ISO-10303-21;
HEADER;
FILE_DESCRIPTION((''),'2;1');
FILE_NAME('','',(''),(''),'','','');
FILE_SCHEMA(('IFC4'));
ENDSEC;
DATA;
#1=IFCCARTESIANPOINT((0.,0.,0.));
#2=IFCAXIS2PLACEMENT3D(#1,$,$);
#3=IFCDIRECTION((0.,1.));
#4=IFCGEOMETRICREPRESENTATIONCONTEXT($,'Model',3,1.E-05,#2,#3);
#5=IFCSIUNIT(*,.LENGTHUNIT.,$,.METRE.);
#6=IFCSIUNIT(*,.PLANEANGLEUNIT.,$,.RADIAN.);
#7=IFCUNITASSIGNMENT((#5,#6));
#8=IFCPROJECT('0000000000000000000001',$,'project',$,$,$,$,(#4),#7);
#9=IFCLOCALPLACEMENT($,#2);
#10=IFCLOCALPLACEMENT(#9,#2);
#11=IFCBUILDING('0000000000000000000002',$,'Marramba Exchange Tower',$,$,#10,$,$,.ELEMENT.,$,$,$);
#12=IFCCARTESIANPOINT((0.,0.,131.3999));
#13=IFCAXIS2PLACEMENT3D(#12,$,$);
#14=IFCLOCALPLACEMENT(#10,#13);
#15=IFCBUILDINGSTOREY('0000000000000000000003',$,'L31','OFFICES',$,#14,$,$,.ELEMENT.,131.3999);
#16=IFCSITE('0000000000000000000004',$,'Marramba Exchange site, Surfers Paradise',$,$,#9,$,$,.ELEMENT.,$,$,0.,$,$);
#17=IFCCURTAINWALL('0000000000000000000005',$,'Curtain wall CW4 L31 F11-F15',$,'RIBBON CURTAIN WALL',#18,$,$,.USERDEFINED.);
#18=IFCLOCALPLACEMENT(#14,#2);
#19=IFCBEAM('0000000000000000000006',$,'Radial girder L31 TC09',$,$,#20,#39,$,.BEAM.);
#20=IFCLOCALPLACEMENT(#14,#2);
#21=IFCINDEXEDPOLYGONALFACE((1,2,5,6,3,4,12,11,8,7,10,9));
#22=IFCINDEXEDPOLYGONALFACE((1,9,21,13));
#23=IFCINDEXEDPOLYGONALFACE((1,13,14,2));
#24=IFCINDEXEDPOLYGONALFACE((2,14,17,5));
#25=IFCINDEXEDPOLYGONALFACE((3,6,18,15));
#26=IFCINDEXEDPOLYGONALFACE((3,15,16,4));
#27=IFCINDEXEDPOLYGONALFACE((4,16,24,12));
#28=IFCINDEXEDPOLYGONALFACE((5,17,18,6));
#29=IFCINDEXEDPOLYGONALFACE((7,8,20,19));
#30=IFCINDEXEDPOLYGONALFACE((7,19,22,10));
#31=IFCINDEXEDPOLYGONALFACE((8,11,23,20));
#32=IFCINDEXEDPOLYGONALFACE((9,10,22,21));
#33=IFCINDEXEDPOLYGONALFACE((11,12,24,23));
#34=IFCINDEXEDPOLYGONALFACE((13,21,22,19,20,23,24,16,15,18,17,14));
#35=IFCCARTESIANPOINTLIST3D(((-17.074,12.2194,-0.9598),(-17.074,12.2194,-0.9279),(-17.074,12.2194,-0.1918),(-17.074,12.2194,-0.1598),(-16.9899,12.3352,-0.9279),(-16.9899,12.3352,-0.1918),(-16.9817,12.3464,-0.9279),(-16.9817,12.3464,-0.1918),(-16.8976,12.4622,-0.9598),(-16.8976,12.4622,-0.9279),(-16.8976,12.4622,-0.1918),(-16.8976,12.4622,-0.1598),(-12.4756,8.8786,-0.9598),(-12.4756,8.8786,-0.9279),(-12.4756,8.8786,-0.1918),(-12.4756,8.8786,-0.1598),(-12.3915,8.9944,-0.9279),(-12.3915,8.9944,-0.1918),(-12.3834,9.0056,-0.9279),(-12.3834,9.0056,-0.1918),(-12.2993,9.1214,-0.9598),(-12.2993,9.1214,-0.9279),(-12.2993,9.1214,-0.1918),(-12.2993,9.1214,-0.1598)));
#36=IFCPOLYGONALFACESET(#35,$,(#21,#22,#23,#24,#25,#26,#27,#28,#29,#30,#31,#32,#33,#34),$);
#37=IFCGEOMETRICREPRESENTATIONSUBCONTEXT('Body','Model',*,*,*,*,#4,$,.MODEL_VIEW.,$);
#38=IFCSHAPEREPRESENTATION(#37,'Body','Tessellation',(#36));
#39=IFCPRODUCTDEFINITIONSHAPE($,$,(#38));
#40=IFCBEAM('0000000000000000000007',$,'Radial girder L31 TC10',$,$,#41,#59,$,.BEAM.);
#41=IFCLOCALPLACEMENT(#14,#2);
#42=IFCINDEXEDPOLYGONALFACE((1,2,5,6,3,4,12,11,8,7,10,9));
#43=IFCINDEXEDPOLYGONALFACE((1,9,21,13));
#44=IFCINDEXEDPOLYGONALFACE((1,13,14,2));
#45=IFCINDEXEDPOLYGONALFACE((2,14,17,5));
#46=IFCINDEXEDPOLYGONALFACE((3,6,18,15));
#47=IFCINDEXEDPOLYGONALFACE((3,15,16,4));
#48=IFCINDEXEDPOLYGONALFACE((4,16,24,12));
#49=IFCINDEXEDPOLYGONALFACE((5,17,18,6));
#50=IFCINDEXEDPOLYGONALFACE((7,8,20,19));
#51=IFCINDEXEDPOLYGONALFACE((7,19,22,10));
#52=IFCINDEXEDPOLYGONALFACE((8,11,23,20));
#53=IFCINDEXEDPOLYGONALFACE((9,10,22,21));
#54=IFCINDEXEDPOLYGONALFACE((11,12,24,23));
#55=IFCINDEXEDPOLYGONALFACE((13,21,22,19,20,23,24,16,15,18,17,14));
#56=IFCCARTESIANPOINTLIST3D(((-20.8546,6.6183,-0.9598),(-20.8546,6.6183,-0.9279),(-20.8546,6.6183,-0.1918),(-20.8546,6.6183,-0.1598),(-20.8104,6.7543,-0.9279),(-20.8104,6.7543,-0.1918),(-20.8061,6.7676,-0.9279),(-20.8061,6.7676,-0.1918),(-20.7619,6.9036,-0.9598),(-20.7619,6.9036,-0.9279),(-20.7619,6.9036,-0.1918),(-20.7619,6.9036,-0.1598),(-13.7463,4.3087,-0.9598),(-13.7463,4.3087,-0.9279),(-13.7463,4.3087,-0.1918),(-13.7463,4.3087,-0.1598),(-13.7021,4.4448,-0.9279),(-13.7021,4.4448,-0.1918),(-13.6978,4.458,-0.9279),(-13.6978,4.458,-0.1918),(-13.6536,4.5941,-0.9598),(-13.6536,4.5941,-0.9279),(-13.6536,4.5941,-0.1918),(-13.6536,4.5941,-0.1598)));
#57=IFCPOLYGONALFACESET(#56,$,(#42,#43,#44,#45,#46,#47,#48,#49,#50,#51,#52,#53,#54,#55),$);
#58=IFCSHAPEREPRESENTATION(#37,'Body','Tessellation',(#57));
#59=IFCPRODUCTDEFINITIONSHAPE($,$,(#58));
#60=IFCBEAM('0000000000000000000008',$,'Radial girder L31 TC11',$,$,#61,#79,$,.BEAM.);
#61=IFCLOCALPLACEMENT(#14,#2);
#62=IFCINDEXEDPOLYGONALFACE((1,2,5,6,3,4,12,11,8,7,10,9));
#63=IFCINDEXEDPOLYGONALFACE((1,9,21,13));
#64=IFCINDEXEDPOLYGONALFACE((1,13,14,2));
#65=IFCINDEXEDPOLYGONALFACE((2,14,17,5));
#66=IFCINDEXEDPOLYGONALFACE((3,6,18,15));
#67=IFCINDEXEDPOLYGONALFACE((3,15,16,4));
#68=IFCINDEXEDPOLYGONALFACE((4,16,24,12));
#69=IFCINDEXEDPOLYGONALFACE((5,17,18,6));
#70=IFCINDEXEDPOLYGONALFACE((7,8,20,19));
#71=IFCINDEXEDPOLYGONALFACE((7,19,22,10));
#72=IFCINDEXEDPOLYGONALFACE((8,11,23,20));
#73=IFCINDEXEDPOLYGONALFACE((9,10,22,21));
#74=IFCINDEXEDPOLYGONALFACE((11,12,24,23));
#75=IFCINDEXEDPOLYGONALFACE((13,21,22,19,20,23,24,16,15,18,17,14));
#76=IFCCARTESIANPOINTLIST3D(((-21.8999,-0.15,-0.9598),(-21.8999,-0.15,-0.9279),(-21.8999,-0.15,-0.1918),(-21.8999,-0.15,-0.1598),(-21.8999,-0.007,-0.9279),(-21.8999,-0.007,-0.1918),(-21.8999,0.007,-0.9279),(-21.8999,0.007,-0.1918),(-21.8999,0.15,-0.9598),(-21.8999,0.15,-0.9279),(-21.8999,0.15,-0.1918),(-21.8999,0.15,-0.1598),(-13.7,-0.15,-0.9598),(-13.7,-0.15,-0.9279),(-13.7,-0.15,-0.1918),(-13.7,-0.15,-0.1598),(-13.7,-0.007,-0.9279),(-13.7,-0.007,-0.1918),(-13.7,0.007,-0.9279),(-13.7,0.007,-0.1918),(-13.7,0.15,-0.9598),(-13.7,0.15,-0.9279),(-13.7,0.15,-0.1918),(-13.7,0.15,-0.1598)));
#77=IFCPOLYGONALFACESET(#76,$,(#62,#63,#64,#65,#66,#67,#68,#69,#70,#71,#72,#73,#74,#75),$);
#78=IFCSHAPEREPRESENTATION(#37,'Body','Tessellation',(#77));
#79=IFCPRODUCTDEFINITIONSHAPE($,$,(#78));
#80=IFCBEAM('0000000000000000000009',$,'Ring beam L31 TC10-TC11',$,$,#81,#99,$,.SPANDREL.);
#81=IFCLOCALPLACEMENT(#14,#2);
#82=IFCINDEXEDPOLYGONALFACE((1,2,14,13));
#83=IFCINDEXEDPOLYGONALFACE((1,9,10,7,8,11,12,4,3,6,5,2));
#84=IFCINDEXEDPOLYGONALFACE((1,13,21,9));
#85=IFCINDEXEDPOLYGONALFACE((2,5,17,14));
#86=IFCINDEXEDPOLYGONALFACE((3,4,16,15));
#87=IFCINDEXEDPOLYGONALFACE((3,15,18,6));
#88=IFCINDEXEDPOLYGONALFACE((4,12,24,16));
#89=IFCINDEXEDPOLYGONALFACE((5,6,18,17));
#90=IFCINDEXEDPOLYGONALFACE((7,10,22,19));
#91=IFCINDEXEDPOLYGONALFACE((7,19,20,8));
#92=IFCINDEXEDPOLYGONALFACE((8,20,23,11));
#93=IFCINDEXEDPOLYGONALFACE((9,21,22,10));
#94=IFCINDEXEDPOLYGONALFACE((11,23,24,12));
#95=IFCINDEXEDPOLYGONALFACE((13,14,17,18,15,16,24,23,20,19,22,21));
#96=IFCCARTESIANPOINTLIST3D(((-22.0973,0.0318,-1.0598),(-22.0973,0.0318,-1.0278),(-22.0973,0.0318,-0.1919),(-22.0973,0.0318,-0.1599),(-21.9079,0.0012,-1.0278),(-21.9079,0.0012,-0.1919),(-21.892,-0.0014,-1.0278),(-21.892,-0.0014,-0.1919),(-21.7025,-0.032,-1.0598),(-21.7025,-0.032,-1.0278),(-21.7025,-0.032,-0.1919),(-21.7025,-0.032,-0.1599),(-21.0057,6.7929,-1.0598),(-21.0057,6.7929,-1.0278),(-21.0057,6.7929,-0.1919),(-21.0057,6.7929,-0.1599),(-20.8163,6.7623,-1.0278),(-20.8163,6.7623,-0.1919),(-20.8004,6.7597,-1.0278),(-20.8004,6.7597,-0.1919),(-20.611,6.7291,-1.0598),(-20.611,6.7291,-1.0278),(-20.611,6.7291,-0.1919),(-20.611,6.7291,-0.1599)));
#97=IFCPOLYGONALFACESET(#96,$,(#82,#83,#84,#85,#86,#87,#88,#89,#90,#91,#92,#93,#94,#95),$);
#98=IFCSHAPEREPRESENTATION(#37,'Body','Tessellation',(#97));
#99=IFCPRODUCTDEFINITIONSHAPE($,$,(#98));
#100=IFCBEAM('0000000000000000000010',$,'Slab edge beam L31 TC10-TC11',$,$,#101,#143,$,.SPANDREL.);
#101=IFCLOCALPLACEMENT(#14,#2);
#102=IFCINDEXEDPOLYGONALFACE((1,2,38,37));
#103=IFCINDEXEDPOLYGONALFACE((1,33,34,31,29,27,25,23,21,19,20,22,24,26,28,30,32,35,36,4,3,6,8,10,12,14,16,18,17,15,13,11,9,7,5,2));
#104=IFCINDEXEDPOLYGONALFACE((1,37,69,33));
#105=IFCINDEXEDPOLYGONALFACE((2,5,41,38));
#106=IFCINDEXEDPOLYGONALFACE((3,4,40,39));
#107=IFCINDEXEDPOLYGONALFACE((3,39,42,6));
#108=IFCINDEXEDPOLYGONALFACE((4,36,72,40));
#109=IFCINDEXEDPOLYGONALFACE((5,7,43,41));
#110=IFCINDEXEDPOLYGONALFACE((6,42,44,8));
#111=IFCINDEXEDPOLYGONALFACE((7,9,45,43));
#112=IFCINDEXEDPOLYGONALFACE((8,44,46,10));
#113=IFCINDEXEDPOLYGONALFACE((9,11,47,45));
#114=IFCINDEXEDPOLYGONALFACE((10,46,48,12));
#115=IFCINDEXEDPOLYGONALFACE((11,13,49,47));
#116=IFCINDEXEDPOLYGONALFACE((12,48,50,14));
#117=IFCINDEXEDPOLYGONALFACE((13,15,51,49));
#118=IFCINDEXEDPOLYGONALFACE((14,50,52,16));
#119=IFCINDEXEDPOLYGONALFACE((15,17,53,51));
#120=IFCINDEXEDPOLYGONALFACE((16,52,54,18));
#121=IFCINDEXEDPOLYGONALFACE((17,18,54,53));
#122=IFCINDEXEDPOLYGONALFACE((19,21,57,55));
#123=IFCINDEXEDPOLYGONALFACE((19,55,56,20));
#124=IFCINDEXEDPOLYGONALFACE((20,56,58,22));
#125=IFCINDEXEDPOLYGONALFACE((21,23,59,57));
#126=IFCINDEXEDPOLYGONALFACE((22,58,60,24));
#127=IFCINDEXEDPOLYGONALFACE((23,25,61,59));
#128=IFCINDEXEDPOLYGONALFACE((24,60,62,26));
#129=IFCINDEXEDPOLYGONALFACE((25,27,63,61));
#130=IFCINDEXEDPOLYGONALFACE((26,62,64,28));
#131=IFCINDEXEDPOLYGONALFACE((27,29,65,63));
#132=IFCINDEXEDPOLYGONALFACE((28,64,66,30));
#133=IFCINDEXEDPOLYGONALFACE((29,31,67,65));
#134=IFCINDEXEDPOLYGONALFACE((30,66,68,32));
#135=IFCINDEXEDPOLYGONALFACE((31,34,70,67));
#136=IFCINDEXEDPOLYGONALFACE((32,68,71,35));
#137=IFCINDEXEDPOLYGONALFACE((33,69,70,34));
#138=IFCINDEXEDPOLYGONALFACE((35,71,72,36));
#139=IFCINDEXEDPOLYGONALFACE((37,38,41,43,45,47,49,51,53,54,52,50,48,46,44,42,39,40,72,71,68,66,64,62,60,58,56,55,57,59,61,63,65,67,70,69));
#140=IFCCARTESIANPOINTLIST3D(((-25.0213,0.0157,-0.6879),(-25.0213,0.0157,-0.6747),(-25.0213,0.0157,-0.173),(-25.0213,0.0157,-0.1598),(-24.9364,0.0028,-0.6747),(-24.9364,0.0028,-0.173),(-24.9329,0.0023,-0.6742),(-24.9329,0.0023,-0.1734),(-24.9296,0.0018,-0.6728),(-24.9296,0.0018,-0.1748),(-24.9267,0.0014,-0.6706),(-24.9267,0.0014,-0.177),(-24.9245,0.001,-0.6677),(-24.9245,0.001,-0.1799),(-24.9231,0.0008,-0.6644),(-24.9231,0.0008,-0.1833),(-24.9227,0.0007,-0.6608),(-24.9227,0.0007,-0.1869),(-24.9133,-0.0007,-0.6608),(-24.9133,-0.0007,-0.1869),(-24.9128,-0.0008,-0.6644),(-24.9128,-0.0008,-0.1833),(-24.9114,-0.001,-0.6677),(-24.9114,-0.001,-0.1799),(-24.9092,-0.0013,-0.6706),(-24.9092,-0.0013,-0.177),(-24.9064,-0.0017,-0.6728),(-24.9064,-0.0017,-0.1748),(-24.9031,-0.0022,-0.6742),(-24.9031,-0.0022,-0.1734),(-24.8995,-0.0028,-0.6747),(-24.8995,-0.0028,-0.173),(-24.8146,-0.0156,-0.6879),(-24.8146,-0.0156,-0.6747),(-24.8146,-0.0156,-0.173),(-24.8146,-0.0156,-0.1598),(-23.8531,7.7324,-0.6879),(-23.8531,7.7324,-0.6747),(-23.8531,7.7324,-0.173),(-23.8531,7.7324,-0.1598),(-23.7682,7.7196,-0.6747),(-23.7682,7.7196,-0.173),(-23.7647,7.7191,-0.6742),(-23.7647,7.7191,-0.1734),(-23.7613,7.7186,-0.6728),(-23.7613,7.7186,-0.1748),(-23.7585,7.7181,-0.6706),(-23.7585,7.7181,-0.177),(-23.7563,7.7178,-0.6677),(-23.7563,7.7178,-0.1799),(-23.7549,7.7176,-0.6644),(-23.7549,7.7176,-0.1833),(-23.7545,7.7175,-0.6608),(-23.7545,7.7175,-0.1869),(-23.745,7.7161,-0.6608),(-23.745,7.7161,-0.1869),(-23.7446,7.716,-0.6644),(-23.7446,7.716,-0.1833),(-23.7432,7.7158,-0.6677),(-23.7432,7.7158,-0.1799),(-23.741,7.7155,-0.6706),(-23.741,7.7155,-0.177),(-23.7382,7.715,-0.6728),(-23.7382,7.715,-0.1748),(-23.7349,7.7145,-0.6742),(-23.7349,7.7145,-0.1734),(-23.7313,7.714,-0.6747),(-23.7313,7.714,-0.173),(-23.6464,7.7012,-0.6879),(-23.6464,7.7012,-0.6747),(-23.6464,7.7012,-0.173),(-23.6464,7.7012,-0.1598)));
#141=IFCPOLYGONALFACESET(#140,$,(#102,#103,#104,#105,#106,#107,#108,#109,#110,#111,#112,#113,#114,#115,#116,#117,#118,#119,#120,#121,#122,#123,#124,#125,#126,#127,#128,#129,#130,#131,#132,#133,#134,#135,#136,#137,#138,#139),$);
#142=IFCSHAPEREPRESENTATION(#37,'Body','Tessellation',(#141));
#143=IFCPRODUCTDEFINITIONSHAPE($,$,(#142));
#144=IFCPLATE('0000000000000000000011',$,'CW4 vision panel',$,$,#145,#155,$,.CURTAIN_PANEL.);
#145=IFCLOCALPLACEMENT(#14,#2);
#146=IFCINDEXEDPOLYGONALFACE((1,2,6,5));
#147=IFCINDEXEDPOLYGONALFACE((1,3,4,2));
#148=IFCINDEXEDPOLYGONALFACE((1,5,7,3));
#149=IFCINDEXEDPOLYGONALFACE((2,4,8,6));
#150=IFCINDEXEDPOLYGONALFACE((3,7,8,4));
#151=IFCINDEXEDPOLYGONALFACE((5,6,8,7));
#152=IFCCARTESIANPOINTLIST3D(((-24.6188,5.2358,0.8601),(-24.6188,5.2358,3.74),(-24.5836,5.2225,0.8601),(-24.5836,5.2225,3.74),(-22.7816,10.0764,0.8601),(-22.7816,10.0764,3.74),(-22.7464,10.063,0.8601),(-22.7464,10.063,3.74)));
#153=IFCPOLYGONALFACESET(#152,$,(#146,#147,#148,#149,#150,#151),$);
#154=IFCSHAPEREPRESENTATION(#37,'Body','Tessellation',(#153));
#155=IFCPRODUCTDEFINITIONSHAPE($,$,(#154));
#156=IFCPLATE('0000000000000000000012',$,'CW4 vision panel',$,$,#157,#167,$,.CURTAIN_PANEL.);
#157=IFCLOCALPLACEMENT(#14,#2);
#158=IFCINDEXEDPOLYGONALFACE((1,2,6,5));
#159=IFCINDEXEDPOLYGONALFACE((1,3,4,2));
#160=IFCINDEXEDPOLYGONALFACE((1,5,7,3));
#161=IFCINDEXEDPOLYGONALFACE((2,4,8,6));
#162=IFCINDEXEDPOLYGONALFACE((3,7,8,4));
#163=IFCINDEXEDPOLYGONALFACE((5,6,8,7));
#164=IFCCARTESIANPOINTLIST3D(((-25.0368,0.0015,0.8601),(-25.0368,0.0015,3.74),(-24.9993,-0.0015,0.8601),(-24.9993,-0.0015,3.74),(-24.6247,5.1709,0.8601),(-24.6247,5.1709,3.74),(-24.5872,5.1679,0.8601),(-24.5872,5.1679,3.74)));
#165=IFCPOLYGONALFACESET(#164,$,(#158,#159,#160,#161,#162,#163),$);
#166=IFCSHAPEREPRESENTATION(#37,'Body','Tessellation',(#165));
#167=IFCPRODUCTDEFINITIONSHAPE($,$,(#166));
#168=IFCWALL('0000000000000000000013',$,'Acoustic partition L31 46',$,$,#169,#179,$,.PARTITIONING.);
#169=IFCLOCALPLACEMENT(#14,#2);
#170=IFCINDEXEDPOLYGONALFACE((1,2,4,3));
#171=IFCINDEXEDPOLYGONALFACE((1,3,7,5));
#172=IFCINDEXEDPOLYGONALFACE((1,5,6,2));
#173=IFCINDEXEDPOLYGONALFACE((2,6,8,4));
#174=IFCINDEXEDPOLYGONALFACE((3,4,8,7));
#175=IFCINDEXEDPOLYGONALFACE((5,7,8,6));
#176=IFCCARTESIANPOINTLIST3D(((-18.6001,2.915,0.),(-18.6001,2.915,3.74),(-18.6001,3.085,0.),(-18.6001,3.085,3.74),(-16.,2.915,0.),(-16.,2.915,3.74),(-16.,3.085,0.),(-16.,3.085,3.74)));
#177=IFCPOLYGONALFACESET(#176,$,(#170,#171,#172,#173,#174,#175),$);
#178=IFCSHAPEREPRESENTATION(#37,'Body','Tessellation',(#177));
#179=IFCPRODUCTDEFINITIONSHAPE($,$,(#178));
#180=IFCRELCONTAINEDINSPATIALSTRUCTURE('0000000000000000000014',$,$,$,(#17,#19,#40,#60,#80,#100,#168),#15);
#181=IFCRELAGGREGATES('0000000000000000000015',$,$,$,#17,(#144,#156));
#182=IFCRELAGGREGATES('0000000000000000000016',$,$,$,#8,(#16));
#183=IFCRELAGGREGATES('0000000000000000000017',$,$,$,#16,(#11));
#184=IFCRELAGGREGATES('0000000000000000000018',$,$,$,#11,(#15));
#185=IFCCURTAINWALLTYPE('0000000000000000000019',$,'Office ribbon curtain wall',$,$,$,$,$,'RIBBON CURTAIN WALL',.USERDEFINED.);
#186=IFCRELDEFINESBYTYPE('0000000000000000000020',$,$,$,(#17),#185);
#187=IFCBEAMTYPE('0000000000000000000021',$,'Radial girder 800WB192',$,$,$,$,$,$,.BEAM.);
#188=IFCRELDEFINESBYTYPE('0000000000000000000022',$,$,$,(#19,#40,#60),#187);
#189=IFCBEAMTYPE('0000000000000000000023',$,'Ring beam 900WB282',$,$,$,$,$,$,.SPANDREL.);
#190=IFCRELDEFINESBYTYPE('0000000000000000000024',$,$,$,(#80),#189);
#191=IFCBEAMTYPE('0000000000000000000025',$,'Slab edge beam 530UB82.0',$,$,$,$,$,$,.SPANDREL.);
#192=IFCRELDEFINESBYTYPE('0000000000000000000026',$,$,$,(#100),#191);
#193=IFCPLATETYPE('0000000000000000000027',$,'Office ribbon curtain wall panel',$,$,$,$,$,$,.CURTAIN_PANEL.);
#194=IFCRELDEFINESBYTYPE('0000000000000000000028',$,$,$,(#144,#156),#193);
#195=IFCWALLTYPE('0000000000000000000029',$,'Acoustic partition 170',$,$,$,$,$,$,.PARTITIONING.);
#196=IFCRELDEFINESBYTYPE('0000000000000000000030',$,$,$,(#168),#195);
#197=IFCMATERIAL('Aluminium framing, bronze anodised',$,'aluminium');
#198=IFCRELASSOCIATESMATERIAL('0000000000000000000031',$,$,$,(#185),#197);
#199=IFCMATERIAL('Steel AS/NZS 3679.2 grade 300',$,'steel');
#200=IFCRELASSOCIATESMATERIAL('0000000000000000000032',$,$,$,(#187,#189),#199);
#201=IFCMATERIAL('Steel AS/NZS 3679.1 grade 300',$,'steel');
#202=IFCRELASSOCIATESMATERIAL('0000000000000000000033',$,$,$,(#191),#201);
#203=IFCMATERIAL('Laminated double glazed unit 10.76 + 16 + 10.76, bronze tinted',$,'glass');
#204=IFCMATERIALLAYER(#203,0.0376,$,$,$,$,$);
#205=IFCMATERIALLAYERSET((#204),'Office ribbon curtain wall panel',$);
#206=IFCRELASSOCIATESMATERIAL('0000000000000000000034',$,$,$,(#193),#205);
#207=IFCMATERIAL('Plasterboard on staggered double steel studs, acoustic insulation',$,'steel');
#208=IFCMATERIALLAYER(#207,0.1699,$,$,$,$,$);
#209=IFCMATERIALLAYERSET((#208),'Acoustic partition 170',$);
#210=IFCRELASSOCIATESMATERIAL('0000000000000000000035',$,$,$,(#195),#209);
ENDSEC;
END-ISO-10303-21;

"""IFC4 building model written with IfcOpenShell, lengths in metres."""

from ifc_helpers import new_model, si_unit, direction, frame, frame_2d, origin, origin_2d, place, context, subcontext, project, spatial, rectangle, i_section, extrude, material, layer, layer_set, material_profile, profile_set, type_object, element, aggregate, save


model = new_model("IFC4")

# Units and contexts
model_context = context("Model", 3, precision=1e-05, world=origin(), true_north=direction((0.0, 1.0)))
body_context = subcontext(model_context, "Body", "Model", "MODEL_VIEW")
ifc_project = project(units=[si_unit("LENGTHUNIT", "METRE"), si_unit("PLANEANGLEUNIT", "RADIAN")], contexts=[model_context])

# Site, building, storey
site_placement = place(None, origin())
site = spatial("IfcSite", under=ifc_project, at=site_placement, Name="Marramba Exchange site, Surfers Paradise", CompositionType="ELEMENT", RefElevation=0.0)
building_placement = place(site_placement, origin())
building = spatial("IfcBuilding", under=site, at=building_placement, Name="Marramba Exchange Tower", CompositionType="ELEMENT")
storey_placement = place(building_placement, frame((0.0, 0.0, 131.3999)))
storey = spatial("IfcBuildingStorey", under=building, at=storey_placement, Name="L31", Description="OFFICES", CompositionType="ELEMENT", Elevation=131.3999)

# Shared definitions
ifc_material_1 = material(Name="Steel AS/NZS 3679.2 grade 300", Category="steel")
ifc_material_2 = material(Name="Steel AS/NZS 3679.1 grade 300", Category="steel")

# Curtain wall
ifc_material_3 = material(Name="Aluminium framing, bronze anodised", Category="aluminium")
curtain_wall_type = type_object("IfcCurtainWallType", Name="Office ribbon curtain wall", ElementType="RIBBON CURTAIN WALL", PredefinedType="USERDEFINED", material=ifc_material_3)
curtain_wall_placement = place(storey_placement, origin())
curtain_wall = element("IfcCurtainWall", 1, at=curtain_wall_placement, inside=storey, type_object=curtain_wall_type, Name="Curtain wall CW4 L31 F11-F15", ObjectType="RIBBON CURTAIN WALL", PredefinedType="USERDEFINED")

# Beams
ifc_material_profile_1 = material_profile(ifc_material_1, i_section(OverallWidth=0.3, OverallDepth=0.8, WebThickness=0.0139, FlangeThickness=0.032, at=origin_2d()), Name="800WB192")
ifc_profile_set_1 = profile_set([ifc_material_profile_1], Name="Steel AS/NZS 3679.2 grade 300")
beam_type_1 = type_object("IfcBeamType", Name="Radial girder 800WB192", PredefinedType="BEAM", material=ifc_profile_set_1)
beam_1_placement = place(storey_placement, frame((-12.3875, 9.0, -0.5598), z_axis=(-0.809026, 0.587773, 0.0), x_axis=(-0.587773, -0.809026, 0.0)))
element("IfcBeam", 2, at=beam_1_placement, inside=storey, type_object=beam_type_1, Name="Radial girder L31 TC09", PredefinedType="BEAM", context=body_context, shape_type="SweptSolid", body=[
    extrude(i_section(OverallWidth=0.3, OverallDepth=0.8, WebThickness=0.0139, FlangeThickness=0.032, at=origin_2d()), origin(), (0.0, 0.0, 1.0), 5.6838),
])
beam_2_placement = place(storey_placement, frame((-13.7, 4.4514, -0.5598), z_axis=(-0.95106, 0.309006, 0.0), x_axis=(-0.309006, -0.95106, 0.0)))
element("IfcBeam", 3, at=beam_2_placement, inside=storey, type_object=beam_type_1, Name="Radial girder L31 TC10", PredefinedType="BEAM", context=body_context, shape_type="SweptSolid", body=[
    extrude(i_section(OverallWidth=0.3, OverallDepth=0.8, WebThickness=0.0139, FlangeThickness=0.032, at=origin_2d()), origin(), (0.0, 0.0, 1.0), 7.4741),
])
beam_3_placement = place(storey_placement, frame((-13.7, 0.0, -0.5598), z_axis=(-1.0, 0.0, 0.0), x_axis=(0.0, -1.0, 0.0)))
element("IfcBeam", 4, at=beam_3_placement, inside=storey, type_object=beam_type_1, Name="Radial girder L31 TC11", PredefinedType="BEAM", context=body_context, shape_type="SweptSolid", body=[
    extrude(i_section(OverallWidth=0.3, OverallDepth=0.8, WebThickness=0.0139, FlangeThickness=0.032, at=origin_2d()), origin(), (0.0, 0.0, 1.0), 8.2),
])
ifc_material_profile_2 = material_profile(ifc_material_1, i_section(OverallWidth=0.3999, OverallDepth=0.8999, WebThickness=0.0161, FlangeThickness=0.032, at=origin_2d()), Name="900WB282")
ifc_profile_set_2 = profile_set([ifc_material_profile_2], Name="Steel AS/NZS 3679.2 grade 300")
beam_type_2 = type_object("IfcBeamType", Name="Ring beam 900WB282", PredefinedType="SPANDREL", material=ifc_profile_set_2)
beam_4_placement = place(storey_placement, frame((-20.8083, 6.761, -0.6099), z_axis=(-0.159385, -0.987217, 0.0), x_axis=(0.987217, -0.159385, 0.0)))
element("IfcBeam", 5, at=beam_4_placement, inside=storey, type_object=beam_type_2, Name="Ring beam L31 TC10-TC11", PredefinedType="SPANDREL", context=body_context, shape_type="SweptSolid", body=[
    extrude(i_section(OverallWidth=0.3999, OverallDepth=0.8999, WebThickness=0.0161, FlangeThickness=0.032, at=origin_2d()), origin(), (0.0, 0.0, 1.0), 6.8486),
])
ifc_material_profile_3 = material_profile(ifc_material_2, i_section(OverallWidth=0.209, OverallDepth=0.5281, WebThickness=0.0095, FlangeThickness=0.0132, FilletRadius=0.0139, at=origin_2d()), Name="530UB82.0")
ifc_profile_set_3 = profile_set([ifc_material_profile_3], Name="Steel AS/NZS 3679.1 grade 300")
beam_type_3 = type_object("IfcBeamType", Name="Slab edge beam 530UB82.0", PredefinedType="SPANDREL", material=ifc_profile_set_3)
beam_5_placement = place(storey_placement, frame((-23.7498, 7.7168, -0.4238), z_axis=(-0.14968, -0.988734, 0.0), x_axis=(0.988734, -0.14968, 0.0)))
element("IfcBeam", 6, at=beam_5_placement, inside=storey, type_object=beam_type_3, Name="Slab edge beam L31 TC10-TC11", PredefinedType="SPANDREL", context=body_context, shape_type="SweptSolid", body=[
    extrude(i_section(OverallWidth=0.209, OverallDepth=0.5281, WebThickness=0.0095, FlangeThickness=0.0132, FilletRadius=0.0139, at=origin_2d()), origin(), (0.0, 0.0, 1.0), 7.8047),
])

# Plates
ifc_material_4 = material(Name="Laminated double glazed unit 10.76 + 16 + 10.76, bronze tinted", Category="glass")
ifc_layer_1 = layer(ifc_material_4, 0.0376)
ifc_layer_set_1 = layer_set([ifc_layer_1], Name="Office ribbon curtain wall panel")
plate_type = type_object("IfcPlateType", Name="Office ribbon curtain wall panel", PredefinedType="CURTAIN_PANEL", material=ifc_layer_set_1)
plate_1_placement = place(storey_placement, frame((-23.6826, 7.6494, 0.8601), z_axis=(0.0, 0.0, 1.0), x_axis=(-0.354844, -0.934925, 0.0)))
plate_1 = element("IfcPlate", 7, at=plate_1_placement, type_object=plate_type, Name="CW4 vision panel", PredefinedType="CURTAIN_PANEL", context=body_context, shape_type="SweptSolid", body=[
    extrude(rectangle(XDim=5.1775, YDim=0.0376, at=origin_2d()), origin(), (0.0, 0.0, 1.0), 2.8799),
])
plate_2_placement = place(storey_placement, frame((-24.812, 2.5847, 0.8601), z_axis=(0.0, 0.0, 1.0), x_axis=(-0.07946, -0.996838, 0.0)))
plate_2 = element("IfcPlate", 8, at=plate_2_placement, type_object=plate_type, Name="CW4 vision panel", PredefinedType="CURTAIN_PANEL", context=body_context, shape_type="SweptSolid", body=[
    extrude(rectangle(XDim=5.1858, YDim=0.0376, at=origin_2d()), origin(), (0.0, 0.0, 1.0), 2.8799),
])
aggregate(curtain_wall, [plate_1, plate_2])

# Wall
ifc_material_5 = material(Name="Plasterboard on staggered double steel studs, acoustic insulation", Category="steel")
ifc_layer_2 = layer(ifc_material_5, 0.1699)
ifc_layer_set_2 = layer_set([ifc_layer_2], Name="Acoustic partition 170")
wall_type_1 = type_object("IfcWallType", Name="Acoustic partition 170", PredefinedType="PARTITIONING", material=ifc_layer_set_2)
wall_1_placement = place(storey_placement, frame((-18.6001, 3.0, 0.0), z_axis=(0.0, 0.0, 1.0), x_axis=(1.0, 0.0, 0.0)))
element("IfcWall", 9, at=wall_1_placement, inside=storey, type_object=wall_type_1, Name="Acoustic partition L31 46", PredefinedType="PARTITIONING", context=body_context, shape_type="SweptSolid", body=[
    extrude(rectangle(XDim=2.6001, YDim=0.1699, at=frame_2d((1.3, 0.0))), origin(), (0.0, 0.0, 1.0), 3.74),
])

save(model, "model.ifc")
